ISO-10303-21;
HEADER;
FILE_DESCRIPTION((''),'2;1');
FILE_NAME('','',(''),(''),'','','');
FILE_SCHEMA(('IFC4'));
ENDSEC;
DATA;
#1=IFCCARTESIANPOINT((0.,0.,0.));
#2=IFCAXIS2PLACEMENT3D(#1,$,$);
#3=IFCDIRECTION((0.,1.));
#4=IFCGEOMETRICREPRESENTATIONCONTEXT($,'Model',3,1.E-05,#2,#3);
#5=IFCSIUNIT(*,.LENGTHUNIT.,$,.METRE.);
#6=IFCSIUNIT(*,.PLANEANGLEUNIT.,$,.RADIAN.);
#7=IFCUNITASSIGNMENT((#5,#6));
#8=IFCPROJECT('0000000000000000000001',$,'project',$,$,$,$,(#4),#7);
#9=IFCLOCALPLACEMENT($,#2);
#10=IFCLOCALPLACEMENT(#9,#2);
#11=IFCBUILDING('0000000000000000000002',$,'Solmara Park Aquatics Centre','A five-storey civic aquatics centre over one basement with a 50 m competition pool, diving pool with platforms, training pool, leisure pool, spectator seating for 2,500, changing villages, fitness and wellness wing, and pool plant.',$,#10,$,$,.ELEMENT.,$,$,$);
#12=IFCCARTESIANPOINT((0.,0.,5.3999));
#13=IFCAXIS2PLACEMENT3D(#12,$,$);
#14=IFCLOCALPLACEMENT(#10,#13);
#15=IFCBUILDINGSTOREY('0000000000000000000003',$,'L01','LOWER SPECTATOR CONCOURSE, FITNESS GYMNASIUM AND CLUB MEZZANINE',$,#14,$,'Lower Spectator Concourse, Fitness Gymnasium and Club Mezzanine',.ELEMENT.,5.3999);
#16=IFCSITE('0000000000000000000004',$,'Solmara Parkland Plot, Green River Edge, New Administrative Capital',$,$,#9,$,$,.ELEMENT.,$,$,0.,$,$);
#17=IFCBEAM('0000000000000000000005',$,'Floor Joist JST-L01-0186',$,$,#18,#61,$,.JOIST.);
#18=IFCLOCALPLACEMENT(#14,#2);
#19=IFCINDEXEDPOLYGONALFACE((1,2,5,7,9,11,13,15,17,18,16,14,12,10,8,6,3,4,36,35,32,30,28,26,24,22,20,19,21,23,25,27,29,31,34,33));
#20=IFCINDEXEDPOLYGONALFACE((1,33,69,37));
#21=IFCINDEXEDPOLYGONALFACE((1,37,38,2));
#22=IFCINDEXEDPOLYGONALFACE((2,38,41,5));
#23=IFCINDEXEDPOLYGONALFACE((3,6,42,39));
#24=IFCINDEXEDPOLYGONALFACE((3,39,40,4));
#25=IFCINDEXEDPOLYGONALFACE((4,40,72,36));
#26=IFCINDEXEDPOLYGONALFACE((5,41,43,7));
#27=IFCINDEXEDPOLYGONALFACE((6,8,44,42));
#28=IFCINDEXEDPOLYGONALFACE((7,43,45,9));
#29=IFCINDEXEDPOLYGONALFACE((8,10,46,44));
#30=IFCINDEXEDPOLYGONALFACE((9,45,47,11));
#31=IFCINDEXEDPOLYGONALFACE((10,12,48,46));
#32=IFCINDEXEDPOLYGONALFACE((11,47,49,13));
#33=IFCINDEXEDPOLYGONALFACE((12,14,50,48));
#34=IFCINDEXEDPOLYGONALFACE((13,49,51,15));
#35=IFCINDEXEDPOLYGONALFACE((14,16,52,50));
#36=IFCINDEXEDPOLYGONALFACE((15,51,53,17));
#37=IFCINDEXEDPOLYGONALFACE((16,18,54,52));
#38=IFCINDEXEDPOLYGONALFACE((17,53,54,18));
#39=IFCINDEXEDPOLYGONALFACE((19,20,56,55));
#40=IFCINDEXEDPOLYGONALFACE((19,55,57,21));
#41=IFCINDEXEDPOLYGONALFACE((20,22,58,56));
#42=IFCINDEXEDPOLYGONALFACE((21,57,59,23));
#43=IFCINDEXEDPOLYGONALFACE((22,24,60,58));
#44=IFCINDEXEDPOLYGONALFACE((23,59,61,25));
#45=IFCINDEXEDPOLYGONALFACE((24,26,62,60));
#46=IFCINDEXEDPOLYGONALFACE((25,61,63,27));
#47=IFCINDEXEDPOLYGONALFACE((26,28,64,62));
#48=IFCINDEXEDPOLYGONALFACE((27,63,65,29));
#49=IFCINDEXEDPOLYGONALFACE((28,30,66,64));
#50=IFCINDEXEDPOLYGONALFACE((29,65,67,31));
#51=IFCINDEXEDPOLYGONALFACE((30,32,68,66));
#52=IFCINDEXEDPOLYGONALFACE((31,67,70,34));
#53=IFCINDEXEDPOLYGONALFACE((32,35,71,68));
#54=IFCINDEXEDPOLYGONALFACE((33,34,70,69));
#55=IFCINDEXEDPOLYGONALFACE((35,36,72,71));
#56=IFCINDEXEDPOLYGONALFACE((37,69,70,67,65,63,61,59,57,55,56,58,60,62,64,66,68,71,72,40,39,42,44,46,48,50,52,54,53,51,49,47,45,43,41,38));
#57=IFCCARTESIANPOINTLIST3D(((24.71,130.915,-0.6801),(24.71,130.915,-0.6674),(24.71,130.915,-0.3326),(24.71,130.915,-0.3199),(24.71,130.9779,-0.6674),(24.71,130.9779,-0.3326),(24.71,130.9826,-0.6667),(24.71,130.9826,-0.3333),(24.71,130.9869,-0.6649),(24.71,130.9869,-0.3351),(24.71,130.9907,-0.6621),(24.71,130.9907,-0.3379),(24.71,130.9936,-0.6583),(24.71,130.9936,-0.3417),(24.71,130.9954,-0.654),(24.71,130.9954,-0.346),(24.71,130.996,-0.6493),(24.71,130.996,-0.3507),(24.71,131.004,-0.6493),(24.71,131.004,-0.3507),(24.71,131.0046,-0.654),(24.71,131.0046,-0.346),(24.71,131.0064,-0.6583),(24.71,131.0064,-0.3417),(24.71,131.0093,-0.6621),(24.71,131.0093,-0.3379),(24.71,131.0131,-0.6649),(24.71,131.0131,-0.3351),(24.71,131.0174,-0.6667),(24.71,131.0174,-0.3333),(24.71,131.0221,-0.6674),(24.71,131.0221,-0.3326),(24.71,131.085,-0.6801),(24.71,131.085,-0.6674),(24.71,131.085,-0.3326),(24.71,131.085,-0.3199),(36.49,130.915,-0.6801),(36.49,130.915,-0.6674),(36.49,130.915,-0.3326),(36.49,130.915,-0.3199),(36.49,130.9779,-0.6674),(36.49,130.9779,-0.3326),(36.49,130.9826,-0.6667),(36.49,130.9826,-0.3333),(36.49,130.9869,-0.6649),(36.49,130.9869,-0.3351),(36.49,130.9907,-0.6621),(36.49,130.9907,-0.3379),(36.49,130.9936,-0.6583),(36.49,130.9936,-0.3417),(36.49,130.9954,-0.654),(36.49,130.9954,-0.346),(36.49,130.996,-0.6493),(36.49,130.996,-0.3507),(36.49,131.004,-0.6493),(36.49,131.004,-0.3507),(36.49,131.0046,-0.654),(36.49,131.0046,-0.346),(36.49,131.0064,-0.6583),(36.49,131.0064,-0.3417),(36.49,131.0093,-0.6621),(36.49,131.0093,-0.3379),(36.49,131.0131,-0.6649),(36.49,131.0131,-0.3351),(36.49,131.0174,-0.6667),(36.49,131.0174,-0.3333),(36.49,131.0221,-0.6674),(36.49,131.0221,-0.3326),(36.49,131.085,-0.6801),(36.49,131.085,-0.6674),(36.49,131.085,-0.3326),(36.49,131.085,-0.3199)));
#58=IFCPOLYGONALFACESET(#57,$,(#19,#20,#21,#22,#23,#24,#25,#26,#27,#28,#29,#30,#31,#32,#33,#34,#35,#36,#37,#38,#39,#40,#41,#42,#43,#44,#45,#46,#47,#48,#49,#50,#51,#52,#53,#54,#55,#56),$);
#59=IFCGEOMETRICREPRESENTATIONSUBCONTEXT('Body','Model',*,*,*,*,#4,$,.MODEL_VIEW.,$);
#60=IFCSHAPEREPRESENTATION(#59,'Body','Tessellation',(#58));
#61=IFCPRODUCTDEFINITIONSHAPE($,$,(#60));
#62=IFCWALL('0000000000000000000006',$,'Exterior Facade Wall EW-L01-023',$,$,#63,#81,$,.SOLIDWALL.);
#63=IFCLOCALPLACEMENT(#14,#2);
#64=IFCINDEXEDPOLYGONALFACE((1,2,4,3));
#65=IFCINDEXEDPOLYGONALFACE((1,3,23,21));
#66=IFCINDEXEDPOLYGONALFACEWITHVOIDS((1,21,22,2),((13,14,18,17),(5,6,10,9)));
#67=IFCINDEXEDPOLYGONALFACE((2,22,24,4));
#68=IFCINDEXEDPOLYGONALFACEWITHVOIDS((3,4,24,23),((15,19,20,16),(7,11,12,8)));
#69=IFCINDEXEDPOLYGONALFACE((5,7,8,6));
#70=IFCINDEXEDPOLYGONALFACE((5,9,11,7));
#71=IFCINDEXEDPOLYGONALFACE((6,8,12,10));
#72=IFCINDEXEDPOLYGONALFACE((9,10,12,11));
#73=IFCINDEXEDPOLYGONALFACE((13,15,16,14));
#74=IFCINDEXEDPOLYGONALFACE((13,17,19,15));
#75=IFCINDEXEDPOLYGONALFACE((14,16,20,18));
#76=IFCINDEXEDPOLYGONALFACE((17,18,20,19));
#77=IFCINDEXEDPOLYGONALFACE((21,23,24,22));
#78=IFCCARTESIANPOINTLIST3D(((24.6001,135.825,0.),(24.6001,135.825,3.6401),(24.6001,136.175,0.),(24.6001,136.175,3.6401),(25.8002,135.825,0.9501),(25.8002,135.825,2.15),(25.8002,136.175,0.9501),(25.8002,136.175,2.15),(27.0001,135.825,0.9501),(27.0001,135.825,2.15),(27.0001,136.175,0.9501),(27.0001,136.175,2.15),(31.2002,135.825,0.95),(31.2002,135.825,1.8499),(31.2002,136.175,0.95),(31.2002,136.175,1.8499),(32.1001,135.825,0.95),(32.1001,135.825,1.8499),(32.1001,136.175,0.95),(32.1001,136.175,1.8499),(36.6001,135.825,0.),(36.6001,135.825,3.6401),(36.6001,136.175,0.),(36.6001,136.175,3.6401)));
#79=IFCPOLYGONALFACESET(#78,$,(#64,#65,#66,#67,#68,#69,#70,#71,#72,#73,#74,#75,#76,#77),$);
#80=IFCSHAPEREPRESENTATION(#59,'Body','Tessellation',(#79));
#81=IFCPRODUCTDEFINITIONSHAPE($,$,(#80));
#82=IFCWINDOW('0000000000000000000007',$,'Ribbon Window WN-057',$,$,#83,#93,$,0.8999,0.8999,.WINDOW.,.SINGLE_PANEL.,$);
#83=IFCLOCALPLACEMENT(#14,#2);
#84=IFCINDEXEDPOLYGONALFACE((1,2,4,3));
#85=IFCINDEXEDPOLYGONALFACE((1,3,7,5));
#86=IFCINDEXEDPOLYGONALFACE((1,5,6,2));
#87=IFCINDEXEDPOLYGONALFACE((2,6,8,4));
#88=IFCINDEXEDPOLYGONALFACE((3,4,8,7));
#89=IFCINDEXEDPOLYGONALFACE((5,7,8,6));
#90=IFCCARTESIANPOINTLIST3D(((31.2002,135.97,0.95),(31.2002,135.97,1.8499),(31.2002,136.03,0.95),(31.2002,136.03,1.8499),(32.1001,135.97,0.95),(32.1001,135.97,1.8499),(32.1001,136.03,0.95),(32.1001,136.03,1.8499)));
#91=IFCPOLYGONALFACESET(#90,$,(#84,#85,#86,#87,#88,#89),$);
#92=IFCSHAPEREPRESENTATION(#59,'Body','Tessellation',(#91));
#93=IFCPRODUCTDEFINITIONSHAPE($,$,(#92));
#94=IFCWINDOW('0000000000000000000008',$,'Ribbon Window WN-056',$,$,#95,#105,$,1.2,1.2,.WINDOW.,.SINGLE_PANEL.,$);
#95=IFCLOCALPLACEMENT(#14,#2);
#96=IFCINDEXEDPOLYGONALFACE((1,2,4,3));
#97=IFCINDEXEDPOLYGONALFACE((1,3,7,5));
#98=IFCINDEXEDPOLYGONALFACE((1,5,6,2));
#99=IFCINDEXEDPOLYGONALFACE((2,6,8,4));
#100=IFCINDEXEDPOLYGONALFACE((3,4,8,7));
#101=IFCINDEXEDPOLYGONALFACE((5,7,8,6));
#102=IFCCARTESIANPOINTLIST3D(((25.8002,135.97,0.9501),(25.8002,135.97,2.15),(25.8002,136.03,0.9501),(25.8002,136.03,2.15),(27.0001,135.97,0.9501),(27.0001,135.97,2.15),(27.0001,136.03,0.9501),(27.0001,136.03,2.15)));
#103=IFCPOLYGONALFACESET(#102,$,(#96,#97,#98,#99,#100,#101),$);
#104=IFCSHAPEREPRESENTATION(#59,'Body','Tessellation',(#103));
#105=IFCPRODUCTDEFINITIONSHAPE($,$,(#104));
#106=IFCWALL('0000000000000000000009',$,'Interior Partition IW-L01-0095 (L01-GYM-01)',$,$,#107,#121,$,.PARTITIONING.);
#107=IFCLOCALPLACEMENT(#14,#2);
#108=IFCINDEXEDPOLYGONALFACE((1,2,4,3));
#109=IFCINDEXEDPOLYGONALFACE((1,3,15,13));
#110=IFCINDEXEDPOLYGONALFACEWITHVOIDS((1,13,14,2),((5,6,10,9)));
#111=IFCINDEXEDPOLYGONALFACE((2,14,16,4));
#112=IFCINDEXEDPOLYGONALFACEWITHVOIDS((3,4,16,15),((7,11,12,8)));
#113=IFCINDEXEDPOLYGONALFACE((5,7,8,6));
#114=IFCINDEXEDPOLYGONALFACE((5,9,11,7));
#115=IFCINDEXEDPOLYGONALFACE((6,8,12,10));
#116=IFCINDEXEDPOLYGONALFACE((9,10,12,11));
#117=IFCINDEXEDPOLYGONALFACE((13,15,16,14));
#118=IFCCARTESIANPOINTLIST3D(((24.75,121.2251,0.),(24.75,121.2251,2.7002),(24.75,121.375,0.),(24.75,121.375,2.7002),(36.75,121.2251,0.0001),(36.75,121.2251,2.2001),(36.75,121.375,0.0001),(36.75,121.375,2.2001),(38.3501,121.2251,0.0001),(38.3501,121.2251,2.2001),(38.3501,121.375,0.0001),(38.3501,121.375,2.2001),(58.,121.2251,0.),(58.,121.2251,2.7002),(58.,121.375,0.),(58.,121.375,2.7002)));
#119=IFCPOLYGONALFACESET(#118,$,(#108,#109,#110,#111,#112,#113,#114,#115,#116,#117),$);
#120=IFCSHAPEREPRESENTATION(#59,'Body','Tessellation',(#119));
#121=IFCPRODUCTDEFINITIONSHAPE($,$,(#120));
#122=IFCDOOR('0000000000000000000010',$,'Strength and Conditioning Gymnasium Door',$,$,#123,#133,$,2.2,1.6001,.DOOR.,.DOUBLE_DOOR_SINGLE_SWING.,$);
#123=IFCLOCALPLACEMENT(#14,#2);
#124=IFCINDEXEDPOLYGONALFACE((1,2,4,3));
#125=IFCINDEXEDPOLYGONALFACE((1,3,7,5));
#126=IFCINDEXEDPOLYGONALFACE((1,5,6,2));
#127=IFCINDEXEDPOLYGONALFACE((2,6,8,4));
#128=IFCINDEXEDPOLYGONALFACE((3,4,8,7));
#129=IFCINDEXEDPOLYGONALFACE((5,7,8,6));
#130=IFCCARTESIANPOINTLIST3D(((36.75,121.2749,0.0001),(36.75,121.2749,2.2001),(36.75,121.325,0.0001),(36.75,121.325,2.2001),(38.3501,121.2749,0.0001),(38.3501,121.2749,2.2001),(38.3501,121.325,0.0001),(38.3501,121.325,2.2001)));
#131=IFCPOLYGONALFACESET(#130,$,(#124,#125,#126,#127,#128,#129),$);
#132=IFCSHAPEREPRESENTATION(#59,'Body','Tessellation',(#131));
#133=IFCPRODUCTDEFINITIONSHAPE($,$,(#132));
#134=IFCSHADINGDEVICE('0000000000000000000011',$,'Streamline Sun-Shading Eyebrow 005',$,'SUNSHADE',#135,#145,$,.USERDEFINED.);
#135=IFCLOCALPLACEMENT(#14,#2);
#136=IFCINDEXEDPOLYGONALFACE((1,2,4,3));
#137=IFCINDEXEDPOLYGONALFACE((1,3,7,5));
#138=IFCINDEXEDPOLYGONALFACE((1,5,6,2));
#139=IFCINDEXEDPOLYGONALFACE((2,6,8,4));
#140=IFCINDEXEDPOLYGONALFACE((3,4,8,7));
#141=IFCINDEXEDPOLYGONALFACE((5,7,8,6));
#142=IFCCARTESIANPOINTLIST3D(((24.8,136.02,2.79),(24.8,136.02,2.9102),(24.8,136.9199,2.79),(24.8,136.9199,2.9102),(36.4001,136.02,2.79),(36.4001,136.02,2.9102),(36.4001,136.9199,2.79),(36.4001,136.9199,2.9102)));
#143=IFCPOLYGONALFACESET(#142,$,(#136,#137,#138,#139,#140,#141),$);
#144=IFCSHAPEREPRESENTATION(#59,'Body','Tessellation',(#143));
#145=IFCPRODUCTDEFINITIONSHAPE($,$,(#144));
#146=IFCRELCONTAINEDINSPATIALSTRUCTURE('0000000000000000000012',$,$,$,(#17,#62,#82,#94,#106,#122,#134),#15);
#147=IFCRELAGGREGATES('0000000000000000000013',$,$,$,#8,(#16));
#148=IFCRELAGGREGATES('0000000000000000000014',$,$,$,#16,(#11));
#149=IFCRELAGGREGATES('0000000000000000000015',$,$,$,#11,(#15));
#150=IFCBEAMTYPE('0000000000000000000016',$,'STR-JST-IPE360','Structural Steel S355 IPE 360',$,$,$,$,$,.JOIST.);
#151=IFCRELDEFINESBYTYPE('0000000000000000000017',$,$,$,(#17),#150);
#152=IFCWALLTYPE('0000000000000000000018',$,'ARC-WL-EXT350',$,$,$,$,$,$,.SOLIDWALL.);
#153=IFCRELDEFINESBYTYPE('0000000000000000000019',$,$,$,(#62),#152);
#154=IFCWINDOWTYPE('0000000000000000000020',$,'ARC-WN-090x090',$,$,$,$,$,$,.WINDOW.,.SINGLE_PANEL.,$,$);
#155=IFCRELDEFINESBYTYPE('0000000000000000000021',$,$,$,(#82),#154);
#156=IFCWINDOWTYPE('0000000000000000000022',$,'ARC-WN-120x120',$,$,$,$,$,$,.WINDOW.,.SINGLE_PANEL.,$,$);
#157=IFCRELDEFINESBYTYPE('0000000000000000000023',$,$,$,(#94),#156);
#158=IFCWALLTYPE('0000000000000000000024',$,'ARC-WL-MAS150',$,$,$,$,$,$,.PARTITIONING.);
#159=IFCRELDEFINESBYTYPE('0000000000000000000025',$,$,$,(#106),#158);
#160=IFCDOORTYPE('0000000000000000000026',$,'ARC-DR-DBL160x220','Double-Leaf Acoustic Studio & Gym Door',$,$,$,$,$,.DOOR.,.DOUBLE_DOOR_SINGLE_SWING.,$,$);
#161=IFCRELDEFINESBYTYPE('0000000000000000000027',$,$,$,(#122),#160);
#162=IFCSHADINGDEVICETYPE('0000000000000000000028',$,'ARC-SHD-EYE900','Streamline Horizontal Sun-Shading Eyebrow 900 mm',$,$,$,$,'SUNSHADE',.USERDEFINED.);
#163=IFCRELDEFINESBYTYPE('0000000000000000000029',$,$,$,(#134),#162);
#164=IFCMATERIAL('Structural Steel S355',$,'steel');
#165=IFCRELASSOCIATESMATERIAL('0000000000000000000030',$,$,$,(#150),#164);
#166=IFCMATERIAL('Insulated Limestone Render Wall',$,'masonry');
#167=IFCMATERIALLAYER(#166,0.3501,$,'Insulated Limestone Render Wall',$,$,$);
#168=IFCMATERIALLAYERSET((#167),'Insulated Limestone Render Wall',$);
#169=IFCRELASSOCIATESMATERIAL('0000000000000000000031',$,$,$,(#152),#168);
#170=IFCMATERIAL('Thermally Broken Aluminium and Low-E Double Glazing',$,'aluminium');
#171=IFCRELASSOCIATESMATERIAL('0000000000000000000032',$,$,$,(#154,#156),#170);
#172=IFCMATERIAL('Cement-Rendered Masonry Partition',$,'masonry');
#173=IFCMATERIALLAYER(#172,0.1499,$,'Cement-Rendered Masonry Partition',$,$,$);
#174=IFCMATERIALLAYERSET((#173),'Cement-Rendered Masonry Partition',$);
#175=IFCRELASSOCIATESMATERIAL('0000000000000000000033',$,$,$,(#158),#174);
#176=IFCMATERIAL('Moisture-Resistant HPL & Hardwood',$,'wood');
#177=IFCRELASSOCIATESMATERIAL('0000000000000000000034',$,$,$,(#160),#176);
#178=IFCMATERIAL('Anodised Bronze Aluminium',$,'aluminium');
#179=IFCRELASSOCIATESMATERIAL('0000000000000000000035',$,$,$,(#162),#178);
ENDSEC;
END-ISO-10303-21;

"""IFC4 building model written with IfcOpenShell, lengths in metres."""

from ifc_helpers import new_model, si_unit, direction, frame, frame_2d, origin, origin_2d, place, context, subcontext, project, spatial, rectangle, i_section, extrude, material, layer, layer_set, material_profile, profile_set, type_object, element, fill, save


model = new_model("IFC4")

# Units and contexts
model_context = context("Model", 3, precision=1e-05, world=origin(), true_north=direction((0.0, 1.0)))
body_context = subcontext(model_context, "Body", "Model", "MODEL_VIEW")
ifc_project = project(units=[si_unit("LENGTHUNIT", "METRE"), si_unit("PLANEANGLEUNIT", "RADIAN")], contexts=[model_context])

# Site, building, storey
site_placement = place(None, origin())
site = spatial("IfcSite", under=ifc_project, at=site_placement, Name="Solmara Parkland Plot, Green River Edge, New Administrative Capital", CompositionType="ELEMENT", RefElevation=0.0)
building_placement = place(site_placement, origin())
building = spatial("IfcBuilding", under=site, at=building_placement, Name="Solmara Park Aquatics Centre", Description="A five-storey civic aquatics centre over one basement with a 50 m competition pool, diving pool with platforms, training pool, leisure pool, spectator seating for 2,500, changing villages, fitness and wellness wing, and pool plant.", CompositionType="ELEMENT")
storey_placement = place(building_placement, frame((0.0, 0.0, 5.3999)))
storey = spatial("IfcBuildingStorey", under=building, at=storey_placement, Name="L01", Description="LOWER SPECTATOR CONCOURSE, FITNESS GYMNASIUM AND CLUB MEZZANINE", LongName="Lower Spectator Concourse, Fitness Gymnasium and Club Mezzanine", CompositionType="ELEMENT", Elevation=5.3999)

# Shared definitions
ifc_material_1 = material(Name="Structural Steel S355", Category="steel")

# Beam
ifc_material_profile_1 = material_profile(ifc_material_1, i_section(OverallWidth=0.1699, OverallDepth=0.3601, WebThickness=0.0081, FlangeThickness=0.0127, FilletRadius=0.0181, at=origin_2d()), Name="IPE 360")
ifc_profile_set_1 = profile_set([ifc_material_profile_1], Name="Structural Steel S355")
beam_type_1 = type_object("IfcBeamType", Name="STR-JST-IPE360", Description="Structural Steel S355 IPE 360", PredefinedType="JOIST", material=ifc_profile_set_1)
for number, where, z_axis, x_axis, name in (
    (1, (24.71, 131.0, -0.5), (1.0, 0.0, 0.0), (0.0, 1.0, 0.0), "Floor Joist JST-L01-0186"),
):
    element("IfcBeam", number, at=place(storey_placement, frame(where, z_axis=z_axis, x_axis=x_axis)), inside=storey, type_object=beam_type_1, Name=name, PredefinedType="JOIST", context=body_context, shape_type="SweptSolid", body=[
        extrude(i_section(OverallWidth=0.1699, OverallDepth=0.3601, WebThickness=0.0081, FlangeThickness=0.0127, FilletRadius=0.0181, at=origin_2d()), origin(), (0.0, 0.0, 1.0), 11.78),
    ])

# Wall, openings, windows
ifc_material_2 = material(Name="Insulated Limestone Render Wall", Category="masonry")
ifc_layer_1 = layer(ifc_material_2, 0.3501, Name="Insulated Limestone Render Wall")
ifc_layer_set_1 = layer_set([ifc_layer_1], Name="Insulated Limestone Render Wall")
wall_type_1 = type_object("IfcWallType", Name="ARC-WL-EXT350", PredefinedType="SOLIDWALL", material=ifc_layer_set_1)
wall_1_placement = place(storey_placement, frame((24.6001, 136.0, 0.0), z_axis=(0.0, 0.0, 1.0), x_axis=(1.0, 0.0, 0.0)))
wall_1 = element("IfcWall", 2, at=wall_1_placement, inside=storey, type_object=wall_type_1, Name="Exterior Facade Wall EW-L01-023", PredefinedType="SOLIDWALL", context=body_context, shape_type="SweptSolid", body=[
    extrude(rectangle(XDim=12.0, YDim=0.3501, at=frame_2d((6.0, 0.0))), origin(), (0.0, 0.0, 1.0), 3.6401),
])
opening_1_placement = place(wall_1_placement, frame((1.2, 0.0, 0.95)))
opening_1 = element("IfcOpeningElement", 3, at=opening_1_placement, cuts=wall_1, PredefinedType="OPENING", context=body_context, shape_type="SweptSolid", body=[
    extrude(rectangle(XDim=1.2, YDim=1.2, at=frame_2d((0.6001, 0.6001))), frame((0.0, 0.1851, 0.0), z_axis=(0.0, -1.0, 0.0), x_axis=(1.0, 0.0, 0.0)), (0.0, 0.0, 1.0), 0.3701),
])
opening_2_placement = place(wall_1_placement, frame((6.6001, 0.0, 0.95)))
opening_2 = element("IfcOpeningElement", 4, at=opening_2_placement, cuts=wall_1, PredefinedType="OPENING", context=body_context, shape_type="SweptSolid", body=[
    extrude(rectangle(XDim=0.8999, YDim=0.8999, at=frame_2d((0.45, 0.45))), frame((0.0, 0.1851, 0.0), z_axis=(0.0, -1.0, 0.0), x_axis=(1.0, 0.0, 0.0)), (0.0, 0.0, 1.0), 0.3701),
])
ifc_material_3 = material(Name="Thermally Broken Aluminium and Low-E Double Glazing", Category="aluminium")
window_type_1 = type_object("IfcWindowType", Name="ARC-WN-090x090", PartitioningType="SINGLE_PANEL", PredefinedType="WINDOW", material=ifc_material_3)
window_1_placement = place(opening_2_placement, origin())
window_1 = element("IfcWindow", 5, at=window_1_placement, inside=storey, type_object=window_type_1, Name="Ribbon Window WN-057", OverallHeight=0.8999, OverallWidth=0.8999, PartitioningType="SINGLE_PANEL", PredefinedType="WINDOW", context=body_context, shape_type="SweptSolid", body=[
    extrude(rectangle(XDim=0.8999, YDim=0.8999, at=frame_2d((0.45, 0.45))), frame((0.0, 0.03, 0.0), z_axis=(0.0, -1.0, 0.0), x_axis=(1.0, 0.0, 0.0)), (0.0, 0.0, 1.0), 0.0601),
])
fill(opening_2, window_1)
window_type_2 = type_object("IfcWindowType", Name="ARC-WN-120x120", PartitioningType="SINGLE_PANEL", PredefinedType="WINDOW", material=ifc_material_3)
window_2_placement = place(opening_1_placement, origin())
window_2 = element("IfcWindow", 6, at=window_2_placement, inside=storey, type_object=window_type_2, Name="Ribbon Window WN-056", OverallHeight=1.2, OverallWidth=1.2, PartitioningType="SINGLE_PANEL", PredefinedType="WINDOW", context=body_context, shape_type="SweptSolid", body=[
    extrude(rectangle(XDim=1.2, YDim=1.2, at=frame_2d((0.6001, 0.6001))), frame((0.0, 0.03, 0.0), z_axis=(0.0, -1.0, 0.0), x_axis=(1.0, 0.0, 0.0)), (0.0, 0.0, 1.0), 0.0601),
])
fill(opening_1, window_2)

# Wall, opening, door
ifc_material_4 = material(Name="Cement-Rendered Masonry Partition", Category="masonry")
ifc_layer_2 = layer(ifc_material_4, 0.1499, Name="Cement-Rendered Masonry Partition")
ifc_layer_set_2 = layer_set([ifc_layer_2], Name="Cement-Rendered Masonry Partition")
wall_type_2 = type_object("IfcWallType", Name="ARC-WL-MAS150", PredefinedType="PARTITIONING", material=ifc_layer_set_2)
wall_2_placement = place(storey_placement, frame((24.75, 121.3, 0.0), z_axis=(0.0, 0.0, 1.0), x_axis=(1.0, 0.0, 0.0)))
wall_2 = element("IfcWall", 7, at=wall_2_placement, inside=storey, type_object=wall_type_2, Name="Interior Partition IW-L01-0095 (L01-GYM-01)", PredefinedType="PARTITIONING", context=body_context, shape_type="SweptSolid", body=[
    extrude(rectangle(XDim=33.25, YDim=0.1499, at=frame_2d((16.625, 0.0))), origin(), (0.0, 0.0, 1.0), 2.7002),
])
opening_3_placement = place(wall_2_placement, frame((12.0, 0.0, 0.0)))
opening_3 = element("IfcOpeningElement", 8, at=opening_3_placement, cuts=wall_2, PredefinedType="OPENING", context=body_context, shape_type="SweptSolid", body=[
    extrude(rectangle(XDim=1.6001, YDim=2.2, at=frame_2d((0.8, 1.1001))), frame((0.0, 0.085, 0.0), z_axis=(0.0, -1.0, 0.0), x_axis=(1.0, 0.0, 0.0)), (0.0, 0.0, 1.0), 0.1699),
])
ifc_material_5 = material(Name="Moisture-Resistant HPL & Hardwood", Category="wood")
door_type = type_object("IfcDoorType", Name="ARC-DR-DBL160x220", Description="Double-Leaf Acoustic Studio & Gym Door", OperationType="DOUBLE_DOOR_SINGLE_SWING", PredefinedType="DOOR", material=ifc_material_5)
door_placement = place(opening_3_placement, origin())
door = element("IfcDoor", 9, at=door_placement, inside=storey, type_object=door_type, Name="Strength and Conditioning Gymnasium Door", OperationType="DOUBLE_DOOR_SINGLE_SWING", OverallHeight=2.2, OverallWidth=1.6001, PredefinedType="DOOR", context=body_context, shape_type="SweptSolid", body=[
    extrude(rectangle(XDim=1.6001, YDim=2.2, at=frame_2d((0.8, 1.1001))), frame((0.0, 0.0249, 0.0), z_axis=(0.0, -1.0, 0.0), x_axis=(1.0, 0.0, 0.0)), (0.0, 0.0, 1.0), 0.05),
])
fill(opening_3, door)

# Shading device
ifc_material_6 = material(Name="Anodised Bronze Aluminium", Category="aluminium")
shading_device_type = type_object("IfcShadingDeviceType", Name="ARC-SHD-EYE900", Description="Streamline Horizontal Sun-Shading Eyebrow 900 mm", ElementType="SUNSHADE", PredefinedType="USERDEFINED", material=ifc_material_6)
shading_device_placement = place(storey_placement, frame((30.6001, 136.47, 2.79), z_axis=(0.0, 0.0, 1.0), x_axis=(1.0, 0.0, 0.0)))
element("IfcShadingDevice", 10, at=shading_device_placement, inside=storey, type_object=shading_device_type, Name="Streamline Sun-Shading Eyebrow 005", ObjectType="SUNSHADE", PredefinedType="USERDEFINED", context=body_context, shape_type="SweptSolid", body=[
    extrude(rectangle(XDim=11.6001, YDim=0.8999, at=origin_2d()), origin(), (0.0, 0.0, 1.0), 0.1201),
])

save(model, "model.ifc")
